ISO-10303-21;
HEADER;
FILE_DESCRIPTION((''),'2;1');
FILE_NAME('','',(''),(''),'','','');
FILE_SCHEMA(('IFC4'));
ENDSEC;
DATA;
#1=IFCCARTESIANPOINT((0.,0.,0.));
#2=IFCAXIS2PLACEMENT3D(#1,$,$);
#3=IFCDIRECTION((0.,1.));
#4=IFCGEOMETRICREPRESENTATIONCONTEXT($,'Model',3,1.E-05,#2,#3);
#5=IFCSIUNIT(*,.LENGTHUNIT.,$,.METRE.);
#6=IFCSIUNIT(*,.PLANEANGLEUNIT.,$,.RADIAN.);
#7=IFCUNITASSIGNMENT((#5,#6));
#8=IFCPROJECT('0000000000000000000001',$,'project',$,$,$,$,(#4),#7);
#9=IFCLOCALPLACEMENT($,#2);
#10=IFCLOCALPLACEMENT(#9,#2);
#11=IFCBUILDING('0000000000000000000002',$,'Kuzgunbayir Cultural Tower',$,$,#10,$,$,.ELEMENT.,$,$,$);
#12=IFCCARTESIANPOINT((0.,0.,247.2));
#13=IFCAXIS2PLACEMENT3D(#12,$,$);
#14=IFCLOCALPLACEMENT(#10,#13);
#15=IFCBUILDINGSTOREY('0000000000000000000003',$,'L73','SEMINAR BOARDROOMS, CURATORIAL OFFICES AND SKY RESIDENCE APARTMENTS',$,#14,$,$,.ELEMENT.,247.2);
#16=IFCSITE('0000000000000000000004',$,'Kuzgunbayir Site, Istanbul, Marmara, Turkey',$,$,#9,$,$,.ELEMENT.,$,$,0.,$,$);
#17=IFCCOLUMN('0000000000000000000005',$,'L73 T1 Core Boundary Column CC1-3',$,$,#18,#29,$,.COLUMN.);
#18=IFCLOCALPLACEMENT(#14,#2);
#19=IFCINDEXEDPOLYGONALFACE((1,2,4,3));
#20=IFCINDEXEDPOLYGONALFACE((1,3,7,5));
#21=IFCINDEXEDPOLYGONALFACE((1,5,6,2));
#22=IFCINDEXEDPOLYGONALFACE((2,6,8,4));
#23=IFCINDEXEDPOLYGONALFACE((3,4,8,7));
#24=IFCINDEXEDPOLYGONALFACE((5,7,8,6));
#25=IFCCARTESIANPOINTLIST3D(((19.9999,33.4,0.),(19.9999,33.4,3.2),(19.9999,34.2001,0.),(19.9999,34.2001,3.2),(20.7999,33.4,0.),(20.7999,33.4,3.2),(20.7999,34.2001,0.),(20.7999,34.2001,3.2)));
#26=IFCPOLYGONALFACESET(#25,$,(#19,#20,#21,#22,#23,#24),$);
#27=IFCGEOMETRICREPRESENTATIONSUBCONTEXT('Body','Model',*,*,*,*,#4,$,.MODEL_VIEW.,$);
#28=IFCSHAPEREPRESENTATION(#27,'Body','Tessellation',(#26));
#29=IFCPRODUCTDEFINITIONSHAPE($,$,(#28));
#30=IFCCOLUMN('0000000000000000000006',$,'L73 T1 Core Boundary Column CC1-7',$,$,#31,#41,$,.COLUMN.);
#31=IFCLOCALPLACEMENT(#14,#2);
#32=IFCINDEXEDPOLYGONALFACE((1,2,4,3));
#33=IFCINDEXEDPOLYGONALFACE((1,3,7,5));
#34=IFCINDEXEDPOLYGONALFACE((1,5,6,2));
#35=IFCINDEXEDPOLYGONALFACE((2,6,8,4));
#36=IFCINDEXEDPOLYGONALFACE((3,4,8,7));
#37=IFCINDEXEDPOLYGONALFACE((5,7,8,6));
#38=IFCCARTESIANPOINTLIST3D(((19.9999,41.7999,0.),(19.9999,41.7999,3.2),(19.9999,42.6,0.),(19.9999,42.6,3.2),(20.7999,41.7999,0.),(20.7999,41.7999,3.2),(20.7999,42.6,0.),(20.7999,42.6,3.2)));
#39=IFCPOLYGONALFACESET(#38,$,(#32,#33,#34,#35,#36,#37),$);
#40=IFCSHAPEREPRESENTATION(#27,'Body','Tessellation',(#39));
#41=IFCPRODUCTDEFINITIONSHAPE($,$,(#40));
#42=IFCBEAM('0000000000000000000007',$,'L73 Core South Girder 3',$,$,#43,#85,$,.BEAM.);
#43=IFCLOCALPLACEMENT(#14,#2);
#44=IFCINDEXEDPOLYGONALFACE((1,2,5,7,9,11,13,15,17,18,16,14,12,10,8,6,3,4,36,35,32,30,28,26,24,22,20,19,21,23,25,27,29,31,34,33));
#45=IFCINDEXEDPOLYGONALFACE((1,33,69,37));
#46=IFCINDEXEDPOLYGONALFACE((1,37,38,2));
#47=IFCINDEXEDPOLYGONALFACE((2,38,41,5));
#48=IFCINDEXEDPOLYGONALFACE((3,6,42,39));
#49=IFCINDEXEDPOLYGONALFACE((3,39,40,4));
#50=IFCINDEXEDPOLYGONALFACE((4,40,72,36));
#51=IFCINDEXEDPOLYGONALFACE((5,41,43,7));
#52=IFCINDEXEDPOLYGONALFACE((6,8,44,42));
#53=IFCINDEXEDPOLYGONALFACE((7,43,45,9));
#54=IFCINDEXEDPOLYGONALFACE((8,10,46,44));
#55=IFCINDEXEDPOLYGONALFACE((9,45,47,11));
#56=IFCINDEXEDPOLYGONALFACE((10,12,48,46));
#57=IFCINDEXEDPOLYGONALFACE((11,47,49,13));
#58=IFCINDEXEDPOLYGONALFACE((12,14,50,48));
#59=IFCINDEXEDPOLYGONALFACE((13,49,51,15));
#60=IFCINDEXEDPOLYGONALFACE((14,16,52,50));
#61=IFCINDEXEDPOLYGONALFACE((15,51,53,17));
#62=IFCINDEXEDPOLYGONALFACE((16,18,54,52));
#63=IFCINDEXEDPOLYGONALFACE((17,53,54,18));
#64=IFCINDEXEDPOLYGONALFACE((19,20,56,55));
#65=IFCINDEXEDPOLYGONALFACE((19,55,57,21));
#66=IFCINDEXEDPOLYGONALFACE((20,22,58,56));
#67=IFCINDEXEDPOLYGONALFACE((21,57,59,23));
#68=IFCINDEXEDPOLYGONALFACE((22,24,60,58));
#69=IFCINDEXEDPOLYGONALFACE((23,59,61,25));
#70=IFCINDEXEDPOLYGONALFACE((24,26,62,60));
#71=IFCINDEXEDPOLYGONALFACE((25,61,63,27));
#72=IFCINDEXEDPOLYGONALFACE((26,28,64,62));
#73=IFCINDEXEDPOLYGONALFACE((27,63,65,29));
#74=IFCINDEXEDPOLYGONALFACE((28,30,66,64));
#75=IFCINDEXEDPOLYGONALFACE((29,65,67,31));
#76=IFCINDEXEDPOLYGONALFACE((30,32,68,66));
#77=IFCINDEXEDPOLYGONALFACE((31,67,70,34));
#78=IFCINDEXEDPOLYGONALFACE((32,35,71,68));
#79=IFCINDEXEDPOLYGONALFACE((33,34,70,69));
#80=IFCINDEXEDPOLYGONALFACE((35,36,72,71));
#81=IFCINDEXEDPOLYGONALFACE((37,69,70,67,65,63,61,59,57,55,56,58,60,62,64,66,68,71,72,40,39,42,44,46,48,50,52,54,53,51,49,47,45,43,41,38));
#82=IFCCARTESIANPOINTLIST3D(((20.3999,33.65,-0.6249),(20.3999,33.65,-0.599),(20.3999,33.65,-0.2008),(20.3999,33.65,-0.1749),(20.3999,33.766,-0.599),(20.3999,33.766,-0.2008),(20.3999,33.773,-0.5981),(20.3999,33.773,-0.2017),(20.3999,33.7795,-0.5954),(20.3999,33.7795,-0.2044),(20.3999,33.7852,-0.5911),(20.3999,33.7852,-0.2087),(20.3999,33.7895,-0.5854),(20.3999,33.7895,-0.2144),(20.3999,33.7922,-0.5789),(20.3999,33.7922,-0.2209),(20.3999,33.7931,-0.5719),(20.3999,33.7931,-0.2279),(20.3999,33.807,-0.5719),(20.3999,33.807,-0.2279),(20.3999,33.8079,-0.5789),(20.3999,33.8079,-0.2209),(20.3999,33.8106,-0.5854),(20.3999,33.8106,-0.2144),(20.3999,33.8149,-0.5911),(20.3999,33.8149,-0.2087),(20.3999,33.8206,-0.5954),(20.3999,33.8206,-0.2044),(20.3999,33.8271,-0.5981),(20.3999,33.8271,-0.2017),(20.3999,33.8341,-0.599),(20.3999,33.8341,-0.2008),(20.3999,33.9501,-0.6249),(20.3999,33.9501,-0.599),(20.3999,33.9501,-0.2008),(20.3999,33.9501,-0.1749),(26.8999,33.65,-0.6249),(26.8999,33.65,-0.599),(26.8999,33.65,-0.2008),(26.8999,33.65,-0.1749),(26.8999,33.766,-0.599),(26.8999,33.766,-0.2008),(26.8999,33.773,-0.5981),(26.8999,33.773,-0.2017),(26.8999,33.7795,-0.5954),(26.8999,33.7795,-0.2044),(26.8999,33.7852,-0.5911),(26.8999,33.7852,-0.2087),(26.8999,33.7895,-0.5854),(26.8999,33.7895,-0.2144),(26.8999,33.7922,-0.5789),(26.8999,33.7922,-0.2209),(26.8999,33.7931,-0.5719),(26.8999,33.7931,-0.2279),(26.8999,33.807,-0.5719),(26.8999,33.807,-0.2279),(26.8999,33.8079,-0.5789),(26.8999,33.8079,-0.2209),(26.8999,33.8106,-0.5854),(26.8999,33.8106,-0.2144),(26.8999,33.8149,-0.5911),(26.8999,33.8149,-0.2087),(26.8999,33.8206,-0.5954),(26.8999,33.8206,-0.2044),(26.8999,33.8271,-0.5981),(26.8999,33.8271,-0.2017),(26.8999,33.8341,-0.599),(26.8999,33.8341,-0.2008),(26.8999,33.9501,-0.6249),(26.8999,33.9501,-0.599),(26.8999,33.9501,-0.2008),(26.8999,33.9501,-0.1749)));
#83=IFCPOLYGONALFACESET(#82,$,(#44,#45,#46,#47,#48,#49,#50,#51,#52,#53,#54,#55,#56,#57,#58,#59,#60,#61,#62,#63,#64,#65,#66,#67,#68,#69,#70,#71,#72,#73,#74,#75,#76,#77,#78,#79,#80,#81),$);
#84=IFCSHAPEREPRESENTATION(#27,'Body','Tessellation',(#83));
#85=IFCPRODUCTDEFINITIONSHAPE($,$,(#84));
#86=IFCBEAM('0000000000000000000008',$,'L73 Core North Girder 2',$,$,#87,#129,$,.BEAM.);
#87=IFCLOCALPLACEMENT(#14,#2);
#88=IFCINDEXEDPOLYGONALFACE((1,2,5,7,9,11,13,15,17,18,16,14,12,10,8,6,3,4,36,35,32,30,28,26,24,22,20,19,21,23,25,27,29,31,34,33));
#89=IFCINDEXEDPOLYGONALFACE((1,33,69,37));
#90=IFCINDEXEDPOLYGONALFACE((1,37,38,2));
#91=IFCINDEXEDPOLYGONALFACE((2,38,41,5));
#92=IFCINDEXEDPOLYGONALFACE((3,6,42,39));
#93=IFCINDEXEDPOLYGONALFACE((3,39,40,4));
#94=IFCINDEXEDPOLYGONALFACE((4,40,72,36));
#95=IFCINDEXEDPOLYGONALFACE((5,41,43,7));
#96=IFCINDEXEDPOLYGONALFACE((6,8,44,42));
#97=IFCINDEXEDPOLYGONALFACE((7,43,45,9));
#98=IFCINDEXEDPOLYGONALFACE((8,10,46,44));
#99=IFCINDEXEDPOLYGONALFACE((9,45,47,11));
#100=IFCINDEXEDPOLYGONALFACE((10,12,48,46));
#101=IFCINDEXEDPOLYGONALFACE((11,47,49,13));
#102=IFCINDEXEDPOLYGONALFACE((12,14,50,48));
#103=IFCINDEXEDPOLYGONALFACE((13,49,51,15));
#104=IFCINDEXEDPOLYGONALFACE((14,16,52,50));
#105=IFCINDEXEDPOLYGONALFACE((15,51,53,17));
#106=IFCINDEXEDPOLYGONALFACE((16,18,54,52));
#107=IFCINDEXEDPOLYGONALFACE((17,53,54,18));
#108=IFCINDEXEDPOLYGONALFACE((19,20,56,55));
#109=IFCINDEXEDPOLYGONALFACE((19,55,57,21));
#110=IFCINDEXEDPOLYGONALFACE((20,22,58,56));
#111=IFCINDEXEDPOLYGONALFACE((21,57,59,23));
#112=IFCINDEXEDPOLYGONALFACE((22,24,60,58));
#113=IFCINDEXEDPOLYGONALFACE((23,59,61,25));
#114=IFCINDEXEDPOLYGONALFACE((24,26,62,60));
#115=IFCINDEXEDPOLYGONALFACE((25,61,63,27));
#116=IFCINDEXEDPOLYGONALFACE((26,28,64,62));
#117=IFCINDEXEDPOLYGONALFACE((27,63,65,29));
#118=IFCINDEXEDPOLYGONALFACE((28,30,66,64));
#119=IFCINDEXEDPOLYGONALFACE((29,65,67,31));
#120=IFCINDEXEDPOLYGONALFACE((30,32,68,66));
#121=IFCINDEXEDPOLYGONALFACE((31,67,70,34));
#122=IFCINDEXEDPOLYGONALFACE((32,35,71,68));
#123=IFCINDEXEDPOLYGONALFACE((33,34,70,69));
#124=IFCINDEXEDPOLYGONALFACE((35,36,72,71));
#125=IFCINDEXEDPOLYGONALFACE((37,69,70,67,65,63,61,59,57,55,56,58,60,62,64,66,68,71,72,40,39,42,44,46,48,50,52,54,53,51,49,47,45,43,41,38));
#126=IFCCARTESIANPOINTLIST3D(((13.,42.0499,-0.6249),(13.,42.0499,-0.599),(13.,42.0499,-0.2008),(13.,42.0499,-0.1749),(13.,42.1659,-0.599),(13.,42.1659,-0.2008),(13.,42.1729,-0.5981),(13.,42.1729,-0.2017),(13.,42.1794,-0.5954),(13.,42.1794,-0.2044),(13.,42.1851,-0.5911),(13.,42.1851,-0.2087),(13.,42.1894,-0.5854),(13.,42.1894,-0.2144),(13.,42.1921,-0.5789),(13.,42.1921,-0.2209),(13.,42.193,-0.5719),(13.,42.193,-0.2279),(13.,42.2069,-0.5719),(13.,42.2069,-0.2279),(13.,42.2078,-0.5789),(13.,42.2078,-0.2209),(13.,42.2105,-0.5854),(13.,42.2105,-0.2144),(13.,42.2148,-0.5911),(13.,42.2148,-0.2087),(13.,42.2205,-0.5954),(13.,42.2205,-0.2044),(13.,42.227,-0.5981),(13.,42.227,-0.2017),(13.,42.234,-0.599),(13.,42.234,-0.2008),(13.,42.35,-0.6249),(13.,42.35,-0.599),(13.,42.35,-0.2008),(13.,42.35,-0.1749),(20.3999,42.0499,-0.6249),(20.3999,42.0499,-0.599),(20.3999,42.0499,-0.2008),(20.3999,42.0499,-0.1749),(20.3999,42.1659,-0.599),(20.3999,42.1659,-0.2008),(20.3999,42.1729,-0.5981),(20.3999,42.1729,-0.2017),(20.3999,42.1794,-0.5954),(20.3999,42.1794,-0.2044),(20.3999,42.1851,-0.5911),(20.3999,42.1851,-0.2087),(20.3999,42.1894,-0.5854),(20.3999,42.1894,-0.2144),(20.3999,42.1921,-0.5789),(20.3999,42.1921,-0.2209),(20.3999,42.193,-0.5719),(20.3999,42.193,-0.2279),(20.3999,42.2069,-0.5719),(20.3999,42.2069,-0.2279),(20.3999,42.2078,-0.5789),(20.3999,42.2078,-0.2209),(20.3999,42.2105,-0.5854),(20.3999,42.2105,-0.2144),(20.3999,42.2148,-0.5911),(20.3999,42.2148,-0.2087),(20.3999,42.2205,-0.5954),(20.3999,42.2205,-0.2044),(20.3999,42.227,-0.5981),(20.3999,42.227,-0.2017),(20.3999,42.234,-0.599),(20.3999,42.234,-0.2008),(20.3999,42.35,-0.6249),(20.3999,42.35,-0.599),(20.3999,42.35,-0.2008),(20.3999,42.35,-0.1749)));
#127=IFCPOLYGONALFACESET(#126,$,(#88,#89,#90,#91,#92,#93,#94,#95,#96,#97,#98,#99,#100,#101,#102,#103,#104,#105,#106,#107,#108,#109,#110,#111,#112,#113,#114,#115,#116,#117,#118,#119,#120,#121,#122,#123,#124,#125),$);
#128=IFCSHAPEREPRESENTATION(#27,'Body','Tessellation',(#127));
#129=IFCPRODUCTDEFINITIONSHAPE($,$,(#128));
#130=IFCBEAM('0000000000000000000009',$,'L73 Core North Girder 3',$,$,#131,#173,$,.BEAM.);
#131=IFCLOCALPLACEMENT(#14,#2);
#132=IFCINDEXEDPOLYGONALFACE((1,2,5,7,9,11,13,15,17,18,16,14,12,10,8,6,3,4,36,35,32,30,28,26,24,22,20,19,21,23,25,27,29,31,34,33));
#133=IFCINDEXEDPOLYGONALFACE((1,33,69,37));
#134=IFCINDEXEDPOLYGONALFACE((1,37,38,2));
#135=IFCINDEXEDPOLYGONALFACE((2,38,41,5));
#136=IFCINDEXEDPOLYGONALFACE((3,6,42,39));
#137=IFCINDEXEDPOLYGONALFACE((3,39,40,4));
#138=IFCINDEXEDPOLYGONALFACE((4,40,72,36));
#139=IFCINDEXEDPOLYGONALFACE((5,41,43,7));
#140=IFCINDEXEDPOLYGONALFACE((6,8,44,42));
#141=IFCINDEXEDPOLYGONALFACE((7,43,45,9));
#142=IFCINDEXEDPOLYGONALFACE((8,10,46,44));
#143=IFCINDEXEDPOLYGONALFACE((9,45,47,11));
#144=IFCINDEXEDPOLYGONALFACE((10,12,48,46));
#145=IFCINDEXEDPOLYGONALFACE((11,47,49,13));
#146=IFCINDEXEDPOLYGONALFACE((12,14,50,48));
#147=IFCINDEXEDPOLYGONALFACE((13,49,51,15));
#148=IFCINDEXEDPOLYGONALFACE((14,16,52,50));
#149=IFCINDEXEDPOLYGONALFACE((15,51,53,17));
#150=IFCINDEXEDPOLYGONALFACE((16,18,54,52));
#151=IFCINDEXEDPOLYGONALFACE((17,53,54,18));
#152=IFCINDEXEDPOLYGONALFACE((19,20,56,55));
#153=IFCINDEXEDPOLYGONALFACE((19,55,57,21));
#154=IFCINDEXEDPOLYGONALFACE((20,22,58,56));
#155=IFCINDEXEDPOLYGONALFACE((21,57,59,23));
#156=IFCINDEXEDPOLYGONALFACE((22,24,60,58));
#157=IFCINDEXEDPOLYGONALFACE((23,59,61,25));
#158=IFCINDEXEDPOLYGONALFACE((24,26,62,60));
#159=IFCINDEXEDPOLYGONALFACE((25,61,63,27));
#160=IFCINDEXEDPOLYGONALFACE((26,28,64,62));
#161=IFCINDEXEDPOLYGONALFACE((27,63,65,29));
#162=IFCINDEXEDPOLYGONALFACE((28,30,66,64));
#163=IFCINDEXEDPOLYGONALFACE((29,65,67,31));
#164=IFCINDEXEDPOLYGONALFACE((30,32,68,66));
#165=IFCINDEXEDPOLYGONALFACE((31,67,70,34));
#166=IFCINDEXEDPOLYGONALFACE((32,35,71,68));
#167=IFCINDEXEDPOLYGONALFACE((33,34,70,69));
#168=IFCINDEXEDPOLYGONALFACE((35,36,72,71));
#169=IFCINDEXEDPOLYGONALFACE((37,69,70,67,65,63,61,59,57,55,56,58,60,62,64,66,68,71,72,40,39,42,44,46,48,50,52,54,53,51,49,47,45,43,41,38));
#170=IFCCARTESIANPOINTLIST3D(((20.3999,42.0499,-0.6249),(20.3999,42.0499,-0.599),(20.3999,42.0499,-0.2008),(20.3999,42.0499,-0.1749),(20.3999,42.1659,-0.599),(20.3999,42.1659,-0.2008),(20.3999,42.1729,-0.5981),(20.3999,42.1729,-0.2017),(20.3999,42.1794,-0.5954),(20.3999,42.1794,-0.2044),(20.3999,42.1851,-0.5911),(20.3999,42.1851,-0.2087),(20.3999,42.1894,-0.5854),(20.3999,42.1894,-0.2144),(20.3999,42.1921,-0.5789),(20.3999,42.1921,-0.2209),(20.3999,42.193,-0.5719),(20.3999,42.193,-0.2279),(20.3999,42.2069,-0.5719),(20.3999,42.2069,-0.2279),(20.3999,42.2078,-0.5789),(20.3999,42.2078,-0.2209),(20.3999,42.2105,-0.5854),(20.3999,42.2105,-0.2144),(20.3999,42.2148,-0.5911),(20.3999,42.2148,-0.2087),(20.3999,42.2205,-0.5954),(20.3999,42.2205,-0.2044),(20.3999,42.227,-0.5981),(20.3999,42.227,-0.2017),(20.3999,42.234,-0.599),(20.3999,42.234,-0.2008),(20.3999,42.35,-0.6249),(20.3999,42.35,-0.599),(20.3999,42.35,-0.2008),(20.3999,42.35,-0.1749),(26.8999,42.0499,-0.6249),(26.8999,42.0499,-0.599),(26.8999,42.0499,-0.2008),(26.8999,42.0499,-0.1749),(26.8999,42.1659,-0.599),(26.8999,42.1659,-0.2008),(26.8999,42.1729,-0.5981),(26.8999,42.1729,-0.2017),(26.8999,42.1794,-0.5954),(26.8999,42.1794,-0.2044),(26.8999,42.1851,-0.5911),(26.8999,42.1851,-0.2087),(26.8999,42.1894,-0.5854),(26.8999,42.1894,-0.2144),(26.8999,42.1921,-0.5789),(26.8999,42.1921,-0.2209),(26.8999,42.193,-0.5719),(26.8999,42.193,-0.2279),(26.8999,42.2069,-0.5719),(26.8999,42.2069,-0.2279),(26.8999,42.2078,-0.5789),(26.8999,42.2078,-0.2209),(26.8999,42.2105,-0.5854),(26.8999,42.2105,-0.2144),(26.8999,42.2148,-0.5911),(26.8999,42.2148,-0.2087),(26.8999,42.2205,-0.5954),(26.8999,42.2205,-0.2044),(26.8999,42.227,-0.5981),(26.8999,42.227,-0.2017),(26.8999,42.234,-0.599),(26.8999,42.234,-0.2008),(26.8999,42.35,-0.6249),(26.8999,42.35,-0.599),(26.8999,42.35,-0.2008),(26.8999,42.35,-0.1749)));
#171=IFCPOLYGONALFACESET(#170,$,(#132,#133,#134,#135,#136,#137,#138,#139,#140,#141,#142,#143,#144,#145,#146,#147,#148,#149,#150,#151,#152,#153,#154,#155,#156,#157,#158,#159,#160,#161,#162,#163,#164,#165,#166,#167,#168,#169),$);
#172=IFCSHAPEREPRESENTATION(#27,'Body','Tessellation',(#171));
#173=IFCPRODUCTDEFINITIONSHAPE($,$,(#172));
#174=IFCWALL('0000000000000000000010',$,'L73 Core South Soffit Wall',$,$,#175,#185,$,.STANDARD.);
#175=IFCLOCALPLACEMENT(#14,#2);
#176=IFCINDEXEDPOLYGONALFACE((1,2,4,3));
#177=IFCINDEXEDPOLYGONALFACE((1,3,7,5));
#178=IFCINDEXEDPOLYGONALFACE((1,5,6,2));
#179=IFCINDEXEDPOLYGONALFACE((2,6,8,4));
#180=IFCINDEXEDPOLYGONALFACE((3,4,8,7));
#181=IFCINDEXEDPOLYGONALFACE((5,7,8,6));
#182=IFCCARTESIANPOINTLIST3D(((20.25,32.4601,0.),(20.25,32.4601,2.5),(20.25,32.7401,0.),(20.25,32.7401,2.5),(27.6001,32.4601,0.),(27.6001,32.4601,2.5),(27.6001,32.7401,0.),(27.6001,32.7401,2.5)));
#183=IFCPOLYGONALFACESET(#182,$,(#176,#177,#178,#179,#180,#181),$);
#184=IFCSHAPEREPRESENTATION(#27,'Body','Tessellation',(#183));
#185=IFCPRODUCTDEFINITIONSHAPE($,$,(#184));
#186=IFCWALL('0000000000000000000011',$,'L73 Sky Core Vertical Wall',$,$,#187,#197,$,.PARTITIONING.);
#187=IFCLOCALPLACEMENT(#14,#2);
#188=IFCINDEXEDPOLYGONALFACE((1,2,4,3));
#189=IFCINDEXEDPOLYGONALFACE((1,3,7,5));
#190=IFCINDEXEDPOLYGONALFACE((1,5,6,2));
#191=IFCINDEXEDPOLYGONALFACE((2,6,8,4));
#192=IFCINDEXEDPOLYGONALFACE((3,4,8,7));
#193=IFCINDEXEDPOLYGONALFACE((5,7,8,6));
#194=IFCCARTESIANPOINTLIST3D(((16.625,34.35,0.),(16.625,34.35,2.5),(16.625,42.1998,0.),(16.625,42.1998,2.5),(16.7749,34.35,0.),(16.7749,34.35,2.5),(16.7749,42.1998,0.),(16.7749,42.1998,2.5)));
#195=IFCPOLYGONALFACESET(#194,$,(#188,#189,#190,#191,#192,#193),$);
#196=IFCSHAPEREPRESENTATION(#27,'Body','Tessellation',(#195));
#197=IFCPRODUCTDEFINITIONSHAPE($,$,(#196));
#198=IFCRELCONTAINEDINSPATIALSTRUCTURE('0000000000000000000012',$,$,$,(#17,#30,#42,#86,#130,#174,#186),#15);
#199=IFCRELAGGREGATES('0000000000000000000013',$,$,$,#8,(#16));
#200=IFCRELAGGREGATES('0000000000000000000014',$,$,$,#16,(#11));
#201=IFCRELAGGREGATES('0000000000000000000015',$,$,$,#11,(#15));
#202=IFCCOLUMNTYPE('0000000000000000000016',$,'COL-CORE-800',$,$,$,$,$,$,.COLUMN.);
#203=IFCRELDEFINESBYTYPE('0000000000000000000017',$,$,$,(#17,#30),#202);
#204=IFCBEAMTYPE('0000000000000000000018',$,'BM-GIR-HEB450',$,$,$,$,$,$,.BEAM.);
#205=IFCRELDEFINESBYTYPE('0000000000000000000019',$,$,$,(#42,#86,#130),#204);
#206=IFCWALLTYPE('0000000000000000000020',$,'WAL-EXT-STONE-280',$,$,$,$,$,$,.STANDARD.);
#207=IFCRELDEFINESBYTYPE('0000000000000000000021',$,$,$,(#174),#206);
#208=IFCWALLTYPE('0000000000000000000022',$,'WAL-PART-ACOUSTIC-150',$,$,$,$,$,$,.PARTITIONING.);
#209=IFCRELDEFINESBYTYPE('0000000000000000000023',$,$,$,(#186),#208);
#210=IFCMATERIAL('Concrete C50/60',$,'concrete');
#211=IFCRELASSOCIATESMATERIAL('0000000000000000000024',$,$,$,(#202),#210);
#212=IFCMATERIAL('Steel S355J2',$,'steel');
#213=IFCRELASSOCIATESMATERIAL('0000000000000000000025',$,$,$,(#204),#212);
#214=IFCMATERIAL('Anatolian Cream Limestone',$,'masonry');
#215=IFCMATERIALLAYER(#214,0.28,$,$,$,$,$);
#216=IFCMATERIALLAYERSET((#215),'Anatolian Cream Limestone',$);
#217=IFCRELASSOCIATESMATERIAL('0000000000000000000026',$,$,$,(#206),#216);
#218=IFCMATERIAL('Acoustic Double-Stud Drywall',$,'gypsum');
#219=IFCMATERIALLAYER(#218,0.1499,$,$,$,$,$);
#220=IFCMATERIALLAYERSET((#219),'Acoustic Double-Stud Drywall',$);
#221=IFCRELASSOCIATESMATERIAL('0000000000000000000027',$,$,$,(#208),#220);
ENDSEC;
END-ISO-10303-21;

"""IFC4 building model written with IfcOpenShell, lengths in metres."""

from ifc_helpers import new_model, si_unit, direction, frame, frame_2d, origin, origin_2d, place, context, subcontext, project, spatial, rectangle, i_section, extrude, material, layer, layer_set, material_profile, profile_set, type_object, element, save


model = new_model("IFC4")

# Units and contexts
model_context = context("Model", 3, precision=1e-05, world=origin(), true_north=direction((0.0, 1.0)))
body_context = subcontext(model_context, "Body", "Model", "MODEL_VIEW")
ifc_project = project(units=[si_unit("LENGTHUNIT", "METRE"), si_unit("PLANEANGLEUNIT", "RADIAN")], contexts=[model_context])

# Site, building, storey
site_placement = place(None, origin())
site = spatial("IfcSite", under=ifc_project, at=site_placement, Name="Kuzgunbayir Site, Istanbul, Marmara, Turkey", CompositionType="ELEMENT", RefElevation=0.0)
building_placement = place(site_placement, origin())
building = spatial("IfcBuilding", under=site, at=building_placement, Name="Kuzgunbayir Cultural Tower", CompositionType="ELEMENT")
storey_placement = place(building_placement, frame((0.0, 0.0, 247.2)))
storey = spatial("IfcBuildingStorey", under=building, at=storey_placement, Name="L73", Description="SEMINAR BOARDROOMS, CURATORIAL OFFICES AND SKY RESIDENCE APARTMENTS", CompositionType="ELEMENT", Elevation=247.2)

# Columns
ifc_material_1 = material(Name="Concrete C50/60", Category="concrete")
ifc_material_profile_1 = material_profile(ifc_material_1, rectangle(XDim=0.8, YDim=0.8, at=origin_2d()), Name="RC 800x800")
ifc_profile_set_1 = profile_set([ifc_material_profile_1], Name="Concrete C50/60")
column_type = type_object("IfcColumnType", Name="COL-CORE-800", PredefinedType="COLUMN", material=ifc_profile_set_1)
for number, where, z_axis, x_axis, name in (
    (1, (20.3999, 33.8, 0.0), (0.0, 0.0, 1.0), (1.0, 0.0, 0.0), "L73 T1 Core Boundary Column CC1-3"),
    (2, (20.3999, 42.2, 0.0), (0.0, 0.0, 1.0), (1.0, 0.0, 0.0), "L73 T1 Core Boundary Column CC1-7"),
):
    element("IfcColumn", number, at=place(storey_placement, frame(where, z_axis=z_axis, x_axis=x_axis)), inside=storey, type_object=column_type, Name=name, PredefinedType="COLUMN", context=body_context, shape_type="SweptSolid", body=[
        extrude(rectangle(XDim=0.8, YDim=0.8, at=origin_2d()), origin(), (0.0, 0.0, 1.0), 3.2),
    ])

# Beams
ifc_material_2 = material(Name="Steel S355J2", Category="steel")
ifc_material_profile_2 = material_profile(ifc_material_2, i_section(OverallWidth=0.3, OverallDepth=0.45, WebThickness=0.0139, FlangeThickness=0.0259, FilletRadius=0.0271, at=origin_2d()), Name="HEB 450")
ifc_profile_set_2 = profile_set([ifc_material_profile_2], Name="Steel S355J2")
beam_type = type_object("IfcBeamType", Name="BM-GIR-HEB450", PredefinedType="BEAM", material=ifc_profile_set_2)
beam_1_placement = place(storey_placement, frame((20.3999, 33.8, -0.3999), z_axis=(1.0, 0.0, 0.0), x_axis=(0.0, 1.0, 0.0)))
element("IfcBeam", 3, at=beam_1_placement, inside=storey, type_object=beam_type, Name="L73 Core South Girder 3", PredefinedType="BEAM", context=body_context, shape_type="SweptSolid", body=[
    extrude(i_section(OverallWidth=0.3, OverallDepth=0.45, WebThickness=0.0139, FlangeThickness=0.0259, FilletRadius=0.0271, at=origin_2d()), origin(), (0.0, 0.0, 1.0), 6.5),
])
beam_2_placement = place(storey_placement, frame((13.0, 42.2, -0.3999), z_axis=(1.0, 0.0, 0.0), x_axis=(0.0, 1.0, 0.0)))
element("IfcBeam", 4, at=beam_2_placement, inside=storey, type_object=beam_type, Name="L73 Core North Girder 2", PredefinedType="BEAM", context=body_context, shape_type="SweptSolid", body=[
    extrude(i_section(OverallWidth=0.3, OverallDepth=0.45, WebThickness=0.0139, FlangeThickness=0.0259, FilletRadius=0.0271, at=origin_2d()), origin(), (0.0, 0.0, 1.0), 7.3999),
])
beam_3_placement = place(storey_placement, frame((20.3999, 42.2, -0.3999), z_axis=(1.0, 0.0, 0.0), x_axis=(0.0, 1.0, 0.0)))
element("IfcBeam", 5, at=beam_3_placement, inside=storey, type_object=beam_type, Name="L73 Core North Girder 3", PredefinedType="BEAM", context=body_context, shape_type="SweptSolid", body=[
    extrude(i_section(OverallWidth=0.3, OverallDepth=0.45, WebThickness=0.0139, FlangeThickness=0.0259, FilletRadius=0.0271, at=origin_2d()), origin(), (0.0, 0.0, 1.0), 6.5),
])

# Walls
ifc_material_3 = material(Name="Anatolian Cream Limestone", Category="masonry")
ifc_layer_1 = layer(ifc_material_3, 0.28)
ifc_layer_set_1 = layer_set([ifc_layer_1], Name="Anatolian Cream Limestone")
wall_type_1 = type_object("IfcWallType", Name="WAL-EXT-STONE-280", PredefinedType="STANDARD", material=ifc_layer_set_1)
wall_1_placement = place(storey_placement, frame((20.25, 32.6001, 0.0), z_axis=(0.0, 0.0, 1.0), x_axis=(1.0, 0.0, 0.0)))
element("IfcWall", 6, at=wall_1_placement, inside=storey, type_object=wall_type_1, Name="L73 Core South Soffit Wall", PredefinedType="STANDARD", context=body_context, shape_type="SweptSolid", body=[
    extrude(rectangle(XDim=7.3501, YDim=0.28, at=frame_2d((3.675, 0.0))), origin(), (0.0, 0.0, 1.0), 2.5),
])
ifc_material_4 = material(Name="Acoustic Double-Stud Drywall", Category="gypsum")
ifc_layer_2 = layer(ifc_material_4, 0.1499)
ifc_layer_set_2 = layer_set([ifc_layer_2], Name="Acoustic Double-Stud Drywall")
wall_type_2 = type_object("IfcWallType", Name="WAL-PART-ACOUSTIC-150", PredefinedType="PARTITIONING", material=ifc_layer_set_2)
wall_2_placement = place(storey_placement, frame((16.7, 34.3501, 0.0), z_axis=(0.0, 0.0, 1.0), x_axis=(0.0, 1.0, 0.0)))
element("IfcWall", 7, at=wall_2_placement, inside=storey, type_object=wall_type_2, Name="L73 Sky Core Vertical Wall", PredefinedType="PARTITIONING", context=body_context, shape_type="SweptSolid", body=[
    extrude(rectangle(XDim=7.8499, YDim=0.1499, at=frame_2d((3.9248, 0.0))), origin(), (0.0, 0.0, 1.0), 2.5),
])

save(model, "model.ifc")
